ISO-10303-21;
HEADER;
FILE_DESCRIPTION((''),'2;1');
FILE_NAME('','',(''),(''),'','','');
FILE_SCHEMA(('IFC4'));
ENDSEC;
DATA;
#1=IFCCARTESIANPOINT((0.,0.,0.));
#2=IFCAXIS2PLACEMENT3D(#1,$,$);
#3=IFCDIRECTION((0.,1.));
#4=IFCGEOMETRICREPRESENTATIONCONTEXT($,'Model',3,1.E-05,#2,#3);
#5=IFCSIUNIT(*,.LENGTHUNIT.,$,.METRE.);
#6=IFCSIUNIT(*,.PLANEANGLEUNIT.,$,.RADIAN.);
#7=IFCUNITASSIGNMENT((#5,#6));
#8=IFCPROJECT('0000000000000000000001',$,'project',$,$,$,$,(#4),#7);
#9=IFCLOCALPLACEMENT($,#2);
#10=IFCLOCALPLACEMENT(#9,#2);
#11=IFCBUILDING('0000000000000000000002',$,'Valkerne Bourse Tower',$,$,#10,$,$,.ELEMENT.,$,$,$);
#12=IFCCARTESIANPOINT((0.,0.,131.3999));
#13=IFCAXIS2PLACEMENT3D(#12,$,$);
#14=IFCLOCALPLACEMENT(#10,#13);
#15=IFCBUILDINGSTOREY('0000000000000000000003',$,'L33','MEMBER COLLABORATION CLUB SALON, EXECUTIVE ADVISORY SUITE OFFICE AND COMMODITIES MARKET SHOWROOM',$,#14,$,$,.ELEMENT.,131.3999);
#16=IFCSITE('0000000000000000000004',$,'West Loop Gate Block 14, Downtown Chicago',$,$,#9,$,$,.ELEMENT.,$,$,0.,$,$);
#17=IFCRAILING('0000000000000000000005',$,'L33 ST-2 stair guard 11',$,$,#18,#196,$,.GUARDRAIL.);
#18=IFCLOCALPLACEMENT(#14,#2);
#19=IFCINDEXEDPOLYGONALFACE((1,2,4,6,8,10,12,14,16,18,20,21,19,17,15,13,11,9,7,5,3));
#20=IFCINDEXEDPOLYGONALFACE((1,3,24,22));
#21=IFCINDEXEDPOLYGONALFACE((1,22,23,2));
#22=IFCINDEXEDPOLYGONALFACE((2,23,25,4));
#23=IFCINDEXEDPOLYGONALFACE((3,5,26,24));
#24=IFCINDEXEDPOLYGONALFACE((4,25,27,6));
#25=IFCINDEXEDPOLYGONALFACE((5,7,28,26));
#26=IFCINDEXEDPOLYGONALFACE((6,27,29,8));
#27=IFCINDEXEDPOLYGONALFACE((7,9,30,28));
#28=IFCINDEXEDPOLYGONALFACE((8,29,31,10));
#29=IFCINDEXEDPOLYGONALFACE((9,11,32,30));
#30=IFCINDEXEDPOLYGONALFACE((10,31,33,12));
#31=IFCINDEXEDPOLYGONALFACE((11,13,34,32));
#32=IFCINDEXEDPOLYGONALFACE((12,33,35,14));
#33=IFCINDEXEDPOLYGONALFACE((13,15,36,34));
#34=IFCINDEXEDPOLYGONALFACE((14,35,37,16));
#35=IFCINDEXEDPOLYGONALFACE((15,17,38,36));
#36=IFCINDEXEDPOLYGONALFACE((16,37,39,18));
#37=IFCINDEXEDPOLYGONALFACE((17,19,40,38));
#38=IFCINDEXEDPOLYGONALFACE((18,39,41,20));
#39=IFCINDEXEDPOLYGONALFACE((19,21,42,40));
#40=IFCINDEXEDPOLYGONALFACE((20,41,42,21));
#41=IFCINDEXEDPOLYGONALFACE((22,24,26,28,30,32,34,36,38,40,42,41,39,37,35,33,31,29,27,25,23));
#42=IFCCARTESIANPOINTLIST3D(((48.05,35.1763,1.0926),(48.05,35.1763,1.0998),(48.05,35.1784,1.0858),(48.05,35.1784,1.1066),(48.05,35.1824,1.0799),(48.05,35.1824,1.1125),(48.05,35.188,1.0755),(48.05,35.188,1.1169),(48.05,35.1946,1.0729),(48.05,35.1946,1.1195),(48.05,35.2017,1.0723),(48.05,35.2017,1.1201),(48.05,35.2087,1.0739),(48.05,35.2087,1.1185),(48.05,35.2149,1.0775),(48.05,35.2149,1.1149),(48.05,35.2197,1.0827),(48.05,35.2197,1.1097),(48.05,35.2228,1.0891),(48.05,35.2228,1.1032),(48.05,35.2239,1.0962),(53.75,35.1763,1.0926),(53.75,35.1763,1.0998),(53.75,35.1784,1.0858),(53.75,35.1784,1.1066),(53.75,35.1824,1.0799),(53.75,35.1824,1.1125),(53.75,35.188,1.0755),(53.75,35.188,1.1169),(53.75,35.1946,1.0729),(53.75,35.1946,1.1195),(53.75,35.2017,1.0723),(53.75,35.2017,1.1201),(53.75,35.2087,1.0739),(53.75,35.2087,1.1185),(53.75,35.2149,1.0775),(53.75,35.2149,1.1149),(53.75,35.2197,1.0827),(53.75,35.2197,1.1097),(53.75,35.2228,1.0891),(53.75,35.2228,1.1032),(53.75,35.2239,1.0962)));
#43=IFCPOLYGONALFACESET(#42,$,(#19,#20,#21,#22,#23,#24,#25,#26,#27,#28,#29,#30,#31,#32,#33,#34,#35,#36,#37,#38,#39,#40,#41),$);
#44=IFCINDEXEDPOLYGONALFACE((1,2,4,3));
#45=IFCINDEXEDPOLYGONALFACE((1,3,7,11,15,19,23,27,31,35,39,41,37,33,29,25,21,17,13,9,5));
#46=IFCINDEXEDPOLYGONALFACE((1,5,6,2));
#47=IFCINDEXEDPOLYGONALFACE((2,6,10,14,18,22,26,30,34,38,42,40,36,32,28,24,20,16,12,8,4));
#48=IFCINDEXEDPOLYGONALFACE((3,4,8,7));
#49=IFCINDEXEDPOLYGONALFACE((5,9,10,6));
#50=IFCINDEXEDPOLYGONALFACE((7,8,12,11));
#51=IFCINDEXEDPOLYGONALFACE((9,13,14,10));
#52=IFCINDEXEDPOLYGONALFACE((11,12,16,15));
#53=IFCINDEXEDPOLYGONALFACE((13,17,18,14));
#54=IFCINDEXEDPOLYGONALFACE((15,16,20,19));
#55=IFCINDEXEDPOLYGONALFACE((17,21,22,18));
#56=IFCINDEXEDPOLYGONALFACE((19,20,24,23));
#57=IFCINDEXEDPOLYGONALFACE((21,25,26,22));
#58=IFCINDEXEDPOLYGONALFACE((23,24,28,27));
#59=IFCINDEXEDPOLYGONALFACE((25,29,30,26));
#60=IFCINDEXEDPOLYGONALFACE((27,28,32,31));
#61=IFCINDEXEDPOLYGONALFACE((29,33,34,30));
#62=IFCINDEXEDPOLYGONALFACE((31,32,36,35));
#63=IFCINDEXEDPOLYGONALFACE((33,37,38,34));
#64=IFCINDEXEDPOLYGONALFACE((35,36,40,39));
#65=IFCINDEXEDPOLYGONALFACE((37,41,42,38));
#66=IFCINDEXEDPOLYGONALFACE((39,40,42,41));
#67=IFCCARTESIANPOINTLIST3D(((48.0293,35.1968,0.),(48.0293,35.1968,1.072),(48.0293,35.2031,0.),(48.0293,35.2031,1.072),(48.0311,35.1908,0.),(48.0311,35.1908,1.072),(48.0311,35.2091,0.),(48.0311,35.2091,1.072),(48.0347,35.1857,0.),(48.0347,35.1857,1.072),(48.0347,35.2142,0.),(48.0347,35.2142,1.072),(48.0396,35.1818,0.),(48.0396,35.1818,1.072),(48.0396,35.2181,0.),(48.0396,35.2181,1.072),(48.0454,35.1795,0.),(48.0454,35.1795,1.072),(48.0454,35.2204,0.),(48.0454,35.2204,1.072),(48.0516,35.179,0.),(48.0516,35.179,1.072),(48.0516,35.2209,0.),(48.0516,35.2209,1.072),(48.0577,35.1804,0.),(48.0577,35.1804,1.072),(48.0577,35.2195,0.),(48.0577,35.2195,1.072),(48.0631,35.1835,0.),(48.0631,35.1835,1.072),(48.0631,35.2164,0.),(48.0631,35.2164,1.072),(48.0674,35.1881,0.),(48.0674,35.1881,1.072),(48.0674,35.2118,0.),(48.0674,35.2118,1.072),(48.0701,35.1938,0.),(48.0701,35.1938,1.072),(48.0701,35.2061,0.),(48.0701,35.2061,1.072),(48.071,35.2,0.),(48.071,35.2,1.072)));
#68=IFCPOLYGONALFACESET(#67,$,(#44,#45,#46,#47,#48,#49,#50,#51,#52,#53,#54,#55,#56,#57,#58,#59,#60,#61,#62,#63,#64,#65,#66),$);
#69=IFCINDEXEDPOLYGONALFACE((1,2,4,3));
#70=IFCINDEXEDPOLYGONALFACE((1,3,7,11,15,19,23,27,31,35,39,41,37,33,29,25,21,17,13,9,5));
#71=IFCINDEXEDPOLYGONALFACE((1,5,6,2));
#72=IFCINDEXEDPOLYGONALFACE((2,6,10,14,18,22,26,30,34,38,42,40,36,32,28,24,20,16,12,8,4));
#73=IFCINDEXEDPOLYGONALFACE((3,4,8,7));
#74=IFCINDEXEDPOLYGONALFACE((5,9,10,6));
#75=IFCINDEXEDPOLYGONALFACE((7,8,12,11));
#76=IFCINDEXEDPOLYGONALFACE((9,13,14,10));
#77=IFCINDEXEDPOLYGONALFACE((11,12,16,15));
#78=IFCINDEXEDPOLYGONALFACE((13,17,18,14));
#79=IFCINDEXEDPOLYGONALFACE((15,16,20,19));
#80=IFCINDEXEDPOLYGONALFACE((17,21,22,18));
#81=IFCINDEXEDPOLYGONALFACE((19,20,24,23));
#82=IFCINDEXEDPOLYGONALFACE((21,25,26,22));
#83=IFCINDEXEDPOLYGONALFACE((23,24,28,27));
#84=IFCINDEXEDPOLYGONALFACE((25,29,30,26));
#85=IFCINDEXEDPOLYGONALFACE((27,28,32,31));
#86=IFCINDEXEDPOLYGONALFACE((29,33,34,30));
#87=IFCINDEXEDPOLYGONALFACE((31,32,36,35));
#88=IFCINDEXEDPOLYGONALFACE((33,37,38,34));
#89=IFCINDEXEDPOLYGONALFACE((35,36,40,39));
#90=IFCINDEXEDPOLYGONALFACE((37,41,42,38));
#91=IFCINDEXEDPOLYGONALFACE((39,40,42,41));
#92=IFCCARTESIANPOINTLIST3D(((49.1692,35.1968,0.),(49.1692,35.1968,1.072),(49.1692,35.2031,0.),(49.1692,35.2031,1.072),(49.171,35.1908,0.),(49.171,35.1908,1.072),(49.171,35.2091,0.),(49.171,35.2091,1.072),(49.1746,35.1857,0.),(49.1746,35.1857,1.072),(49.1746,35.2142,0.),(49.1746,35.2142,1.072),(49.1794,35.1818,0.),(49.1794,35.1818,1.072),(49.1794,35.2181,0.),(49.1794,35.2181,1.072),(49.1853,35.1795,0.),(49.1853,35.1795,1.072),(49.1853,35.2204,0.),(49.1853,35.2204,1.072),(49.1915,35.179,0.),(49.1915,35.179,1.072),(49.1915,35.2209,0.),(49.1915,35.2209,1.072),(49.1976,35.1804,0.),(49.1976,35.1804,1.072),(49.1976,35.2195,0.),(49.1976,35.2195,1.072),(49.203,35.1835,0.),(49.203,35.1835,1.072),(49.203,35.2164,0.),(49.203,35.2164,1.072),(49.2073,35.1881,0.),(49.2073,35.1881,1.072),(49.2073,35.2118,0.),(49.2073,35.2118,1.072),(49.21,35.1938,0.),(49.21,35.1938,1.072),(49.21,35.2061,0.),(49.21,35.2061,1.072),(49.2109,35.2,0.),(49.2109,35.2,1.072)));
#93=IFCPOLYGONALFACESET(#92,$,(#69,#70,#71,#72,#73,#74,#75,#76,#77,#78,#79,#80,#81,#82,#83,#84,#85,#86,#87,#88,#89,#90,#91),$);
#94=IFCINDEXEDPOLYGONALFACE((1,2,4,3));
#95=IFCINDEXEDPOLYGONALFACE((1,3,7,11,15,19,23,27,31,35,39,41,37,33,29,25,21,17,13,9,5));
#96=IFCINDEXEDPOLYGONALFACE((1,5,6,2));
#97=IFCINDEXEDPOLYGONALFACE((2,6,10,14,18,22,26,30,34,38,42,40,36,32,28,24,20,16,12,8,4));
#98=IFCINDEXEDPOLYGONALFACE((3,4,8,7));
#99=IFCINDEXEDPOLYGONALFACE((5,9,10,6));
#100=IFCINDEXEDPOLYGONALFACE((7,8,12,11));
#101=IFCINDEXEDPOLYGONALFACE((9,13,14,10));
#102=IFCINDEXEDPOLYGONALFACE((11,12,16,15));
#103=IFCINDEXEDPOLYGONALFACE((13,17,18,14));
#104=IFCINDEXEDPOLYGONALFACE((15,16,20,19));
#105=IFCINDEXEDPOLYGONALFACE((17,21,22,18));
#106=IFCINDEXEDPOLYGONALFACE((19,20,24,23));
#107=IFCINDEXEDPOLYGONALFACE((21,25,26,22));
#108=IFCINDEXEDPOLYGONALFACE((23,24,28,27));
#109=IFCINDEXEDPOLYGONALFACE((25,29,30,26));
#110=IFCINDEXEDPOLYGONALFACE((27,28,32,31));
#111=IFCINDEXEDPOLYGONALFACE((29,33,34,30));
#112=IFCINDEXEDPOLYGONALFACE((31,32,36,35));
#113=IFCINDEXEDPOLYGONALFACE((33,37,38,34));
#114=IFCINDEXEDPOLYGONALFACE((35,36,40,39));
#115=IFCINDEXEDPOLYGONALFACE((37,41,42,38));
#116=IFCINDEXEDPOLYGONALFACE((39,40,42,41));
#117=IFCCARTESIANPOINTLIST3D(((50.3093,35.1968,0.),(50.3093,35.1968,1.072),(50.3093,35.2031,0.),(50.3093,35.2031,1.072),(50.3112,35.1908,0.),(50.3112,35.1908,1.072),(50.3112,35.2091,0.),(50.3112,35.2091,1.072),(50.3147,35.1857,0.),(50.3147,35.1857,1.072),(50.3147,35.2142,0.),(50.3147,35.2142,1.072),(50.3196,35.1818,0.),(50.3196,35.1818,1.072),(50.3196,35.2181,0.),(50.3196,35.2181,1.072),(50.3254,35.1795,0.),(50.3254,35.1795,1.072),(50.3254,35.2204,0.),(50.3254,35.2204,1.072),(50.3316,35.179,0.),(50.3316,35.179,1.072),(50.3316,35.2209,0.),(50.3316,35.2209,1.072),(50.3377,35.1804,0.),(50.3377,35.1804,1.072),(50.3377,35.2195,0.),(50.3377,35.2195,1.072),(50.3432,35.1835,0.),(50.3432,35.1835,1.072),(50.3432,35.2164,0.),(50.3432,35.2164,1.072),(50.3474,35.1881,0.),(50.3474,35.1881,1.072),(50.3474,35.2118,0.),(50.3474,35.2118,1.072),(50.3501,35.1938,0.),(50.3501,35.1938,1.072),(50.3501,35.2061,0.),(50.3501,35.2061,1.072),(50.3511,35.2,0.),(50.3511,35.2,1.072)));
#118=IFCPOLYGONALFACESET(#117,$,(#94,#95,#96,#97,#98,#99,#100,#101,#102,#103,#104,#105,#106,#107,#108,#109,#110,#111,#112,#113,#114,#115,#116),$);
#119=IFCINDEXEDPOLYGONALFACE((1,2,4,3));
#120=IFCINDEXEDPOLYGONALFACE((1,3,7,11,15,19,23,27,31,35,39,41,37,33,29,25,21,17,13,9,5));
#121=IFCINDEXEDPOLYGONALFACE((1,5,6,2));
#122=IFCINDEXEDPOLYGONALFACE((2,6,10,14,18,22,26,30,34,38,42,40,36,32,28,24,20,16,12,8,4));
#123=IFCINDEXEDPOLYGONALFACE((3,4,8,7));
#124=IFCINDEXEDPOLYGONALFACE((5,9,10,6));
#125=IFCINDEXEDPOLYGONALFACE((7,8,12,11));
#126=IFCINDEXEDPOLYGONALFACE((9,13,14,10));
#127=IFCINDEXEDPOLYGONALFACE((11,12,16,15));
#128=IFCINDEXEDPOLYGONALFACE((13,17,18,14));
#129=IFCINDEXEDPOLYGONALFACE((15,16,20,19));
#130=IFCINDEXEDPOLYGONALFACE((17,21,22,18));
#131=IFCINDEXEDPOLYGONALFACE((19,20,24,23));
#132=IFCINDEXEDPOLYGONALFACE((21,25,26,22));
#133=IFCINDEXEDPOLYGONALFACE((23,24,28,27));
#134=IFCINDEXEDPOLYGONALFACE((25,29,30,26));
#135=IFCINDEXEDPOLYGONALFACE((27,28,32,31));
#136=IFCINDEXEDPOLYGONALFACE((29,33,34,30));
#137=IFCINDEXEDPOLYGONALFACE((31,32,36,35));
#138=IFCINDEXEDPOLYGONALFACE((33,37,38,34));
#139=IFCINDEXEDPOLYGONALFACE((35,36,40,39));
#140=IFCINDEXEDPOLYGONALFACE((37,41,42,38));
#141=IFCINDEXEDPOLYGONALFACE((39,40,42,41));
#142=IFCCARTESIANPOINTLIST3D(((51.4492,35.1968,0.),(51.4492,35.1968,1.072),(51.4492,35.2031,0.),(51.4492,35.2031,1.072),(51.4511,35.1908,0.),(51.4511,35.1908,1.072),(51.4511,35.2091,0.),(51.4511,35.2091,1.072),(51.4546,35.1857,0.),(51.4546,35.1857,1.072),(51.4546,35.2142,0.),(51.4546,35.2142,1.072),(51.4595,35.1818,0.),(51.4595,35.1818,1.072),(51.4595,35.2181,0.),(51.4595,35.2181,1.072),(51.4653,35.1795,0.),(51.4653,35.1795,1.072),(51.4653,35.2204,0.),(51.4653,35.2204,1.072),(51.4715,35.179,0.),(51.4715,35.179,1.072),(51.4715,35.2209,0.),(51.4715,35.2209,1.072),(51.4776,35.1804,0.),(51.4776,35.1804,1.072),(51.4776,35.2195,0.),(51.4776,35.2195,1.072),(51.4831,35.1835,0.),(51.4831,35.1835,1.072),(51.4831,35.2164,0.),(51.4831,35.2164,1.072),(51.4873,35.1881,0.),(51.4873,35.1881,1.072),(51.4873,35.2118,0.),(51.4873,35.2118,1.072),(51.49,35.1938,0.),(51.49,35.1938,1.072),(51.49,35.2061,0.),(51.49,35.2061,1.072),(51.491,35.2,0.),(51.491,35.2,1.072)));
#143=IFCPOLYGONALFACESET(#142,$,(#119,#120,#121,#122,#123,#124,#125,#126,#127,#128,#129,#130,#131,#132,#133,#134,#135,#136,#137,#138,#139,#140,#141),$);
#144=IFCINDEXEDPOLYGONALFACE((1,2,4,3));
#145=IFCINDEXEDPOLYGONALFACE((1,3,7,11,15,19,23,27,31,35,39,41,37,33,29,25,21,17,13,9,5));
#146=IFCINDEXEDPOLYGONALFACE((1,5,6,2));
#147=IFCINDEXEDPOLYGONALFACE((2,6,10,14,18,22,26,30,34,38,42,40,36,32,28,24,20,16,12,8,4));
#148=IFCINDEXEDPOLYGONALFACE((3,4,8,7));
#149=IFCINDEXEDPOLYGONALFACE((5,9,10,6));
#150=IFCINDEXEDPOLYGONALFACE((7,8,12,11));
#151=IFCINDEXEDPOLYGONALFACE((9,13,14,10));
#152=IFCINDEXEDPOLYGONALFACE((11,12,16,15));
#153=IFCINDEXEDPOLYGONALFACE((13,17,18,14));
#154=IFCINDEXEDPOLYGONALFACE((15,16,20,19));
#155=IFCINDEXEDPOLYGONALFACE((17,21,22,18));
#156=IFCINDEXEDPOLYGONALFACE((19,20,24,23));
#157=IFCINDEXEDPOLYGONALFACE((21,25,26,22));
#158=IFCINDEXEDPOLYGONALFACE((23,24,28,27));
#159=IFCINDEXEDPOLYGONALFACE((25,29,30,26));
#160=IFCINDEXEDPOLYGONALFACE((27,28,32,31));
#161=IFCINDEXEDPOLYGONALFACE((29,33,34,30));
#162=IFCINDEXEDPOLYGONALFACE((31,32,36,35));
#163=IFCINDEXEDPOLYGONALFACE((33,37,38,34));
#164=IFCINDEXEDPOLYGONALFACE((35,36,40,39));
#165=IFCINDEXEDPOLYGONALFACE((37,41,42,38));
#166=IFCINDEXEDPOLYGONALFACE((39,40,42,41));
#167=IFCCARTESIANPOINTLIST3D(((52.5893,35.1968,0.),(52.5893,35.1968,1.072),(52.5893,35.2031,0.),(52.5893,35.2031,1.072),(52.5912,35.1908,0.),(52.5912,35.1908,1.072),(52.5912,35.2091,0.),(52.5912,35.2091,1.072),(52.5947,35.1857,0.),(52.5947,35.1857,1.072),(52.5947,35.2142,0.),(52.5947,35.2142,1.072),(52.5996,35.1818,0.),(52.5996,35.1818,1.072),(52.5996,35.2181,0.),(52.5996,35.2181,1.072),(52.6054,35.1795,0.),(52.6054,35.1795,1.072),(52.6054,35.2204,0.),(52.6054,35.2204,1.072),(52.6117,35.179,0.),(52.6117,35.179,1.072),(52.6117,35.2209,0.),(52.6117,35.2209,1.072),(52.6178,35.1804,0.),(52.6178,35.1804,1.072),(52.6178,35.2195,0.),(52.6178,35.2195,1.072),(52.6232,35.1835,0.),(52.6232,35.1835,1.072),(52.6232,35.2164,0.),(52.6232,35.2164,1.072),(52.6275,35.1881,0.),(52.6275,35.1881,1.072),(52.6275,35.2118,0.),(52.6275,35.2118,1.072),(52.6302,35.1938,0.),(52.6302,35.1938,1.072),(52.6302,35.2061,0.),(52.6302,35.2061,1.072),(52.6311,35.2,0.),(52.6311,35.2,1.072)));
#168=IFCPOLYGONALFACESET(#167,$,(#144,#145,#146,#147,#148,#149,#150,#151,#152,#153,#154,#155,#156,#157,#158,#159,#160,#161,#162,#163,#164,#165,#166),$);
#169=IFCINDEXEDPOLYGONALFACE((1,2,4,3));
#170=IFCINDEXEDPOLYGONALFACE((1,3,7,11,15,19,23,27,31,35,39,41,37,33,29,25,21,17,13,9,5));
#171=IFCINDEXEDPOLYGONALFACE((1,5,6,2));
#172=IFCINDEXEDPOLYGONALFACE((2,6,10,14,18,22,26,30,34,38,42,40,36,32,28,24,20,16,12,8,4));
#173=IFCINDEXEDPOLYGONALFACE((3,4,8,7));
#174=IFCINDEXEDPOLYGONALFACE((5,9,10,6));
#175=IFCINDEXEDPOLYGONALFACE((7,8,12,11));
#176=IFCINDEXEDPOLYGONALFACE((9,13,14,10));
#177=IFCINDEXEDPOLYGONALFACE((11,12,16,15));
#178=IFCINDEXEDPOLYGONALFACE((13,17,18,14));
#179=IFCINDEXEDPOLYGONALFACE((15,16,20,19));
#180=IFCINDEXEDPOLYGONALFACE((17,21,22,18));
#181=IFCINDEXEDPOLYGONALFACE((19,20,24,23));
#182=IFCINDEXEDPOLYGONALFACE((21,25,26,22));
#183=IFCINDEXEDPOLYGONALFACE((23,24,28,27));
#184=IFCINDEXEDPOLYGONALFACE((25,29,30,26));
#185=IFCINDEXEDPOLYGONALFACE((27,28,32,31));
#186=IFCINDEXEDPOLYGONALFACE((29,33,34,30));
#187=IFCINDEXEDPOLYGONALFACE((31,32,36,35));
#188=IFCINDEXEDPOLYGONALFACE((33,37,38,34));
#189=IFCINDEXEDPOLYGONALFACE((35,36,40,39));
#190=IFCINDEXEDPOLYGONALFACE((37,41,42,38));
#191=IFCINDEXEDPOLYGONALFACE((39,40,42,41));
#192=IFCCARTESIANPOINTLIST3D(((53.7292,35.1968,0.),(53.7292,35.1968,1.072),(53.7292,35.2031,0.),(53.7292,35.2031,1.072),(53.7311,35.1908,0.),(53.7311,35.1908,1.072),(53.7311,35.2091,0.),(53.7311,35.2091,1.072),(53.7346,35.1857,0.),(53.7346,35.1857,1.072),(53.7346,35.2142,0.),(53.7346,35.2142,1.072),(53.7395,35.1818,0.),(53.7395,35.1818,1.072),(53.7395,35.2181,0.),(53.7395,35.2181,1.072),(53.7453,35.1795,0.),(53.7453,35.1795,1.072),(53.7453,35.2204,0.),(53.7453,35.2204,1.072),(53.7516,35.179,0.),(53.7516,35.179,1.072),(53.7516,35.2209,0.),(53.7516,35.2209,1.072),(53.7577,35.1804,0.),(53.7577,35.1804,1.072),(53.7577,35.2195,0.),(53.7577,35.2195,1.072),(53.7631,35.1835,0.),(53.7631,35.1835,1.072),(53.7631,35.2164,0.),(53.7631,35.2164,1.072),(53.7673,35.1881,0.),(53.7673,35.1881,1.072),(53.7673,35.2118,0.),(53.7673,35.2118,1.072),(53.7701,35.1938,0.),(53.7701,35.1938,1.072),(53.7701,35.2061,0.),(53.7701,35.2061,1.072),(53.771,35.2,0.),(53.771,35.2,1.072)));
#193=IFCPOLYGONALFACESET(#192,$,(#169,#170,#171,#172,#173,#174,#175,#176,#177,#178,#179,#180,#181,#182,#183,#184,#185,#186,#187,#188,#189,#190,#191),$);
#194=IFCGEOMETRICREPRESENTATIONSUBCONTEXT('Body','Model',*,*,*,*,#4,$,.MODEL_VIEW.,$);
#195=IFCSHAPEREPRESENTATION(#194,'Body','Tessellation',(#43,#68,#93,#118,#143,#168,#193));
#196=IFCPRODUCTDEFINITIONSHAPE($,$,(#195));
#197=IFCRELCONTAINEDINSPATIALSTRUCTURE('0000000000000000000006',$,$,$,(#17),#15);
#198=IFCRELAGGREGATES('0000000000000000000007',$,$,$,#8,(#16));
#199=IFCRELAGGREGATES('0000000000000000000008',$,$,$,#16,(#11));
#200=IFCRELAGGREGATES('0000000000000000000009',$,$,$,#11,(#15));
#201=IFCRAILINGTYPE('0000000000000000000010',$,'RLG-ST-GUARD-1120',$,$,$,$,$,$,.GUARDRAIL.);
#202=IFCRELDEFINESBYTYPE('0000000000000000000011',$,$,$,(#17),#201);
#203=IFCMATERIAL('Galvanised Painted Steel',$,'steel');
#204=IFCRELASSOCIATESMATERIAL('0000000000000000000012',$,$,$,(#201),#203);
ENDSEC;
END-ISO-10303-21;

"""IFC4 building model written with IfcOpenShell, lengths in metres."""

from ifc_helpers import new_model, si_unit, direction, frame, origin, origin_2d, place, context, subcontext, project, spatial, circle, extrude, material, type_object, element, save


model = new_model("IFC4")

# Units and contexts
model_context = context("Model", 3, precision=1e-05, world=origin(), true_north=direction((0.0, 1.0)))
body_context = subcontext(model_context, "Body", "Model", "MODEL_VIEW")
ifc_project = project(units=[si_unit("LENGTHUNIT", "METRE"), si_unit("PLANEANGLEUNIT", "RADIAN")], contexts=[model_context])

# Site, building, storey
site_placement = place(None, origin())
site = spatial("IfcSite", under=ifc_project, at=site_placement, Name="West Loop Gate Block 14, Downtown Chicago", CompositionType="ELEMENT", RefElevation=0.0)
building_placement = place(site_placement, origin())
building = spatial("IfcBuilding", under=site, at=building_placement, Name="Valkerne Bourse Tower", CompositionType="ELEMENT")
storey_placement = place(building_placement, frame((0.0, 0.0, 131.3999)))
storey = spatial("IfcBuildingStorey", under=building, at=storey_placement, Name="L33", Description="MEMBER COLLABORATION CLUB SALON, EXECUTIVE ADVISORY SUITE OFFICE AND COMMODITIES MARKET SHOWROOM", CompositionType="ELEMENT", Elevation=131.3999)

# Railing
ifc_material_1 = material(Name="Galvanised Painted Steel", Category="steel")
railing_type_1 = type_object("IfcRailingType", Name="RLG-ST-GUARD-1120", PredefinedType="GUARDRAIL", material=ifc_material_1)
railing_1_placement = place(storey_placement, frame((48.05, 35.2, 0.0)))
element("IfcRailing", 1, at=railing_1_placement, inside=storey, type_object=railing_type_1, Name="L33 ST-2 stair guard 11", PredefinedType="GUARDRAIL", context=body_context, shape_type="SweptSolid", body=[
    extrude(circle(Radius=0.0239, at=origin_2d()), frame((0.0, 0.0, 1.0962), z_axis=(1.0, 0.0, 0.0), x_axis=(0.0, 1.0, 0.0)), (0.0, 0.0, 1.0), 5.7),
    extrude(circle(Radius=0.021, at=origin_2d()), origin(), (0.0, 0.0, 1.0), 1.072),
    extrude(circle(Radius=0.021, at=origin_2d()), frame((1.1399, 0.0, 0.0)), (0.0, 0.0, 1.0), 1.072),
    extrude(circle(Radius=0.021, at=origin_2d()), frame((2.28, 0.0, 0.0)), (0.0, 0.0, 1.0), 1.072),
    extrude(circle(Radius=0.021, at=origin_2d()), frame((3.4199, 0.0, 0.0)), (0.0, 0.0, 1.0), 1.072),
    extrude(circle(Radius=0.021, at=origin_2d()), frame((4.5601, 0.0, 0.0)), (0.0, 0.0, 1.0), 1.072),
    extrude(circle(Radius=0.021, at=origin_2d()), frame((5.7, 0.0, 0.0)), (0.0, 0.0, 1.0), 1.072),
])

save(model, "model.ifc")
